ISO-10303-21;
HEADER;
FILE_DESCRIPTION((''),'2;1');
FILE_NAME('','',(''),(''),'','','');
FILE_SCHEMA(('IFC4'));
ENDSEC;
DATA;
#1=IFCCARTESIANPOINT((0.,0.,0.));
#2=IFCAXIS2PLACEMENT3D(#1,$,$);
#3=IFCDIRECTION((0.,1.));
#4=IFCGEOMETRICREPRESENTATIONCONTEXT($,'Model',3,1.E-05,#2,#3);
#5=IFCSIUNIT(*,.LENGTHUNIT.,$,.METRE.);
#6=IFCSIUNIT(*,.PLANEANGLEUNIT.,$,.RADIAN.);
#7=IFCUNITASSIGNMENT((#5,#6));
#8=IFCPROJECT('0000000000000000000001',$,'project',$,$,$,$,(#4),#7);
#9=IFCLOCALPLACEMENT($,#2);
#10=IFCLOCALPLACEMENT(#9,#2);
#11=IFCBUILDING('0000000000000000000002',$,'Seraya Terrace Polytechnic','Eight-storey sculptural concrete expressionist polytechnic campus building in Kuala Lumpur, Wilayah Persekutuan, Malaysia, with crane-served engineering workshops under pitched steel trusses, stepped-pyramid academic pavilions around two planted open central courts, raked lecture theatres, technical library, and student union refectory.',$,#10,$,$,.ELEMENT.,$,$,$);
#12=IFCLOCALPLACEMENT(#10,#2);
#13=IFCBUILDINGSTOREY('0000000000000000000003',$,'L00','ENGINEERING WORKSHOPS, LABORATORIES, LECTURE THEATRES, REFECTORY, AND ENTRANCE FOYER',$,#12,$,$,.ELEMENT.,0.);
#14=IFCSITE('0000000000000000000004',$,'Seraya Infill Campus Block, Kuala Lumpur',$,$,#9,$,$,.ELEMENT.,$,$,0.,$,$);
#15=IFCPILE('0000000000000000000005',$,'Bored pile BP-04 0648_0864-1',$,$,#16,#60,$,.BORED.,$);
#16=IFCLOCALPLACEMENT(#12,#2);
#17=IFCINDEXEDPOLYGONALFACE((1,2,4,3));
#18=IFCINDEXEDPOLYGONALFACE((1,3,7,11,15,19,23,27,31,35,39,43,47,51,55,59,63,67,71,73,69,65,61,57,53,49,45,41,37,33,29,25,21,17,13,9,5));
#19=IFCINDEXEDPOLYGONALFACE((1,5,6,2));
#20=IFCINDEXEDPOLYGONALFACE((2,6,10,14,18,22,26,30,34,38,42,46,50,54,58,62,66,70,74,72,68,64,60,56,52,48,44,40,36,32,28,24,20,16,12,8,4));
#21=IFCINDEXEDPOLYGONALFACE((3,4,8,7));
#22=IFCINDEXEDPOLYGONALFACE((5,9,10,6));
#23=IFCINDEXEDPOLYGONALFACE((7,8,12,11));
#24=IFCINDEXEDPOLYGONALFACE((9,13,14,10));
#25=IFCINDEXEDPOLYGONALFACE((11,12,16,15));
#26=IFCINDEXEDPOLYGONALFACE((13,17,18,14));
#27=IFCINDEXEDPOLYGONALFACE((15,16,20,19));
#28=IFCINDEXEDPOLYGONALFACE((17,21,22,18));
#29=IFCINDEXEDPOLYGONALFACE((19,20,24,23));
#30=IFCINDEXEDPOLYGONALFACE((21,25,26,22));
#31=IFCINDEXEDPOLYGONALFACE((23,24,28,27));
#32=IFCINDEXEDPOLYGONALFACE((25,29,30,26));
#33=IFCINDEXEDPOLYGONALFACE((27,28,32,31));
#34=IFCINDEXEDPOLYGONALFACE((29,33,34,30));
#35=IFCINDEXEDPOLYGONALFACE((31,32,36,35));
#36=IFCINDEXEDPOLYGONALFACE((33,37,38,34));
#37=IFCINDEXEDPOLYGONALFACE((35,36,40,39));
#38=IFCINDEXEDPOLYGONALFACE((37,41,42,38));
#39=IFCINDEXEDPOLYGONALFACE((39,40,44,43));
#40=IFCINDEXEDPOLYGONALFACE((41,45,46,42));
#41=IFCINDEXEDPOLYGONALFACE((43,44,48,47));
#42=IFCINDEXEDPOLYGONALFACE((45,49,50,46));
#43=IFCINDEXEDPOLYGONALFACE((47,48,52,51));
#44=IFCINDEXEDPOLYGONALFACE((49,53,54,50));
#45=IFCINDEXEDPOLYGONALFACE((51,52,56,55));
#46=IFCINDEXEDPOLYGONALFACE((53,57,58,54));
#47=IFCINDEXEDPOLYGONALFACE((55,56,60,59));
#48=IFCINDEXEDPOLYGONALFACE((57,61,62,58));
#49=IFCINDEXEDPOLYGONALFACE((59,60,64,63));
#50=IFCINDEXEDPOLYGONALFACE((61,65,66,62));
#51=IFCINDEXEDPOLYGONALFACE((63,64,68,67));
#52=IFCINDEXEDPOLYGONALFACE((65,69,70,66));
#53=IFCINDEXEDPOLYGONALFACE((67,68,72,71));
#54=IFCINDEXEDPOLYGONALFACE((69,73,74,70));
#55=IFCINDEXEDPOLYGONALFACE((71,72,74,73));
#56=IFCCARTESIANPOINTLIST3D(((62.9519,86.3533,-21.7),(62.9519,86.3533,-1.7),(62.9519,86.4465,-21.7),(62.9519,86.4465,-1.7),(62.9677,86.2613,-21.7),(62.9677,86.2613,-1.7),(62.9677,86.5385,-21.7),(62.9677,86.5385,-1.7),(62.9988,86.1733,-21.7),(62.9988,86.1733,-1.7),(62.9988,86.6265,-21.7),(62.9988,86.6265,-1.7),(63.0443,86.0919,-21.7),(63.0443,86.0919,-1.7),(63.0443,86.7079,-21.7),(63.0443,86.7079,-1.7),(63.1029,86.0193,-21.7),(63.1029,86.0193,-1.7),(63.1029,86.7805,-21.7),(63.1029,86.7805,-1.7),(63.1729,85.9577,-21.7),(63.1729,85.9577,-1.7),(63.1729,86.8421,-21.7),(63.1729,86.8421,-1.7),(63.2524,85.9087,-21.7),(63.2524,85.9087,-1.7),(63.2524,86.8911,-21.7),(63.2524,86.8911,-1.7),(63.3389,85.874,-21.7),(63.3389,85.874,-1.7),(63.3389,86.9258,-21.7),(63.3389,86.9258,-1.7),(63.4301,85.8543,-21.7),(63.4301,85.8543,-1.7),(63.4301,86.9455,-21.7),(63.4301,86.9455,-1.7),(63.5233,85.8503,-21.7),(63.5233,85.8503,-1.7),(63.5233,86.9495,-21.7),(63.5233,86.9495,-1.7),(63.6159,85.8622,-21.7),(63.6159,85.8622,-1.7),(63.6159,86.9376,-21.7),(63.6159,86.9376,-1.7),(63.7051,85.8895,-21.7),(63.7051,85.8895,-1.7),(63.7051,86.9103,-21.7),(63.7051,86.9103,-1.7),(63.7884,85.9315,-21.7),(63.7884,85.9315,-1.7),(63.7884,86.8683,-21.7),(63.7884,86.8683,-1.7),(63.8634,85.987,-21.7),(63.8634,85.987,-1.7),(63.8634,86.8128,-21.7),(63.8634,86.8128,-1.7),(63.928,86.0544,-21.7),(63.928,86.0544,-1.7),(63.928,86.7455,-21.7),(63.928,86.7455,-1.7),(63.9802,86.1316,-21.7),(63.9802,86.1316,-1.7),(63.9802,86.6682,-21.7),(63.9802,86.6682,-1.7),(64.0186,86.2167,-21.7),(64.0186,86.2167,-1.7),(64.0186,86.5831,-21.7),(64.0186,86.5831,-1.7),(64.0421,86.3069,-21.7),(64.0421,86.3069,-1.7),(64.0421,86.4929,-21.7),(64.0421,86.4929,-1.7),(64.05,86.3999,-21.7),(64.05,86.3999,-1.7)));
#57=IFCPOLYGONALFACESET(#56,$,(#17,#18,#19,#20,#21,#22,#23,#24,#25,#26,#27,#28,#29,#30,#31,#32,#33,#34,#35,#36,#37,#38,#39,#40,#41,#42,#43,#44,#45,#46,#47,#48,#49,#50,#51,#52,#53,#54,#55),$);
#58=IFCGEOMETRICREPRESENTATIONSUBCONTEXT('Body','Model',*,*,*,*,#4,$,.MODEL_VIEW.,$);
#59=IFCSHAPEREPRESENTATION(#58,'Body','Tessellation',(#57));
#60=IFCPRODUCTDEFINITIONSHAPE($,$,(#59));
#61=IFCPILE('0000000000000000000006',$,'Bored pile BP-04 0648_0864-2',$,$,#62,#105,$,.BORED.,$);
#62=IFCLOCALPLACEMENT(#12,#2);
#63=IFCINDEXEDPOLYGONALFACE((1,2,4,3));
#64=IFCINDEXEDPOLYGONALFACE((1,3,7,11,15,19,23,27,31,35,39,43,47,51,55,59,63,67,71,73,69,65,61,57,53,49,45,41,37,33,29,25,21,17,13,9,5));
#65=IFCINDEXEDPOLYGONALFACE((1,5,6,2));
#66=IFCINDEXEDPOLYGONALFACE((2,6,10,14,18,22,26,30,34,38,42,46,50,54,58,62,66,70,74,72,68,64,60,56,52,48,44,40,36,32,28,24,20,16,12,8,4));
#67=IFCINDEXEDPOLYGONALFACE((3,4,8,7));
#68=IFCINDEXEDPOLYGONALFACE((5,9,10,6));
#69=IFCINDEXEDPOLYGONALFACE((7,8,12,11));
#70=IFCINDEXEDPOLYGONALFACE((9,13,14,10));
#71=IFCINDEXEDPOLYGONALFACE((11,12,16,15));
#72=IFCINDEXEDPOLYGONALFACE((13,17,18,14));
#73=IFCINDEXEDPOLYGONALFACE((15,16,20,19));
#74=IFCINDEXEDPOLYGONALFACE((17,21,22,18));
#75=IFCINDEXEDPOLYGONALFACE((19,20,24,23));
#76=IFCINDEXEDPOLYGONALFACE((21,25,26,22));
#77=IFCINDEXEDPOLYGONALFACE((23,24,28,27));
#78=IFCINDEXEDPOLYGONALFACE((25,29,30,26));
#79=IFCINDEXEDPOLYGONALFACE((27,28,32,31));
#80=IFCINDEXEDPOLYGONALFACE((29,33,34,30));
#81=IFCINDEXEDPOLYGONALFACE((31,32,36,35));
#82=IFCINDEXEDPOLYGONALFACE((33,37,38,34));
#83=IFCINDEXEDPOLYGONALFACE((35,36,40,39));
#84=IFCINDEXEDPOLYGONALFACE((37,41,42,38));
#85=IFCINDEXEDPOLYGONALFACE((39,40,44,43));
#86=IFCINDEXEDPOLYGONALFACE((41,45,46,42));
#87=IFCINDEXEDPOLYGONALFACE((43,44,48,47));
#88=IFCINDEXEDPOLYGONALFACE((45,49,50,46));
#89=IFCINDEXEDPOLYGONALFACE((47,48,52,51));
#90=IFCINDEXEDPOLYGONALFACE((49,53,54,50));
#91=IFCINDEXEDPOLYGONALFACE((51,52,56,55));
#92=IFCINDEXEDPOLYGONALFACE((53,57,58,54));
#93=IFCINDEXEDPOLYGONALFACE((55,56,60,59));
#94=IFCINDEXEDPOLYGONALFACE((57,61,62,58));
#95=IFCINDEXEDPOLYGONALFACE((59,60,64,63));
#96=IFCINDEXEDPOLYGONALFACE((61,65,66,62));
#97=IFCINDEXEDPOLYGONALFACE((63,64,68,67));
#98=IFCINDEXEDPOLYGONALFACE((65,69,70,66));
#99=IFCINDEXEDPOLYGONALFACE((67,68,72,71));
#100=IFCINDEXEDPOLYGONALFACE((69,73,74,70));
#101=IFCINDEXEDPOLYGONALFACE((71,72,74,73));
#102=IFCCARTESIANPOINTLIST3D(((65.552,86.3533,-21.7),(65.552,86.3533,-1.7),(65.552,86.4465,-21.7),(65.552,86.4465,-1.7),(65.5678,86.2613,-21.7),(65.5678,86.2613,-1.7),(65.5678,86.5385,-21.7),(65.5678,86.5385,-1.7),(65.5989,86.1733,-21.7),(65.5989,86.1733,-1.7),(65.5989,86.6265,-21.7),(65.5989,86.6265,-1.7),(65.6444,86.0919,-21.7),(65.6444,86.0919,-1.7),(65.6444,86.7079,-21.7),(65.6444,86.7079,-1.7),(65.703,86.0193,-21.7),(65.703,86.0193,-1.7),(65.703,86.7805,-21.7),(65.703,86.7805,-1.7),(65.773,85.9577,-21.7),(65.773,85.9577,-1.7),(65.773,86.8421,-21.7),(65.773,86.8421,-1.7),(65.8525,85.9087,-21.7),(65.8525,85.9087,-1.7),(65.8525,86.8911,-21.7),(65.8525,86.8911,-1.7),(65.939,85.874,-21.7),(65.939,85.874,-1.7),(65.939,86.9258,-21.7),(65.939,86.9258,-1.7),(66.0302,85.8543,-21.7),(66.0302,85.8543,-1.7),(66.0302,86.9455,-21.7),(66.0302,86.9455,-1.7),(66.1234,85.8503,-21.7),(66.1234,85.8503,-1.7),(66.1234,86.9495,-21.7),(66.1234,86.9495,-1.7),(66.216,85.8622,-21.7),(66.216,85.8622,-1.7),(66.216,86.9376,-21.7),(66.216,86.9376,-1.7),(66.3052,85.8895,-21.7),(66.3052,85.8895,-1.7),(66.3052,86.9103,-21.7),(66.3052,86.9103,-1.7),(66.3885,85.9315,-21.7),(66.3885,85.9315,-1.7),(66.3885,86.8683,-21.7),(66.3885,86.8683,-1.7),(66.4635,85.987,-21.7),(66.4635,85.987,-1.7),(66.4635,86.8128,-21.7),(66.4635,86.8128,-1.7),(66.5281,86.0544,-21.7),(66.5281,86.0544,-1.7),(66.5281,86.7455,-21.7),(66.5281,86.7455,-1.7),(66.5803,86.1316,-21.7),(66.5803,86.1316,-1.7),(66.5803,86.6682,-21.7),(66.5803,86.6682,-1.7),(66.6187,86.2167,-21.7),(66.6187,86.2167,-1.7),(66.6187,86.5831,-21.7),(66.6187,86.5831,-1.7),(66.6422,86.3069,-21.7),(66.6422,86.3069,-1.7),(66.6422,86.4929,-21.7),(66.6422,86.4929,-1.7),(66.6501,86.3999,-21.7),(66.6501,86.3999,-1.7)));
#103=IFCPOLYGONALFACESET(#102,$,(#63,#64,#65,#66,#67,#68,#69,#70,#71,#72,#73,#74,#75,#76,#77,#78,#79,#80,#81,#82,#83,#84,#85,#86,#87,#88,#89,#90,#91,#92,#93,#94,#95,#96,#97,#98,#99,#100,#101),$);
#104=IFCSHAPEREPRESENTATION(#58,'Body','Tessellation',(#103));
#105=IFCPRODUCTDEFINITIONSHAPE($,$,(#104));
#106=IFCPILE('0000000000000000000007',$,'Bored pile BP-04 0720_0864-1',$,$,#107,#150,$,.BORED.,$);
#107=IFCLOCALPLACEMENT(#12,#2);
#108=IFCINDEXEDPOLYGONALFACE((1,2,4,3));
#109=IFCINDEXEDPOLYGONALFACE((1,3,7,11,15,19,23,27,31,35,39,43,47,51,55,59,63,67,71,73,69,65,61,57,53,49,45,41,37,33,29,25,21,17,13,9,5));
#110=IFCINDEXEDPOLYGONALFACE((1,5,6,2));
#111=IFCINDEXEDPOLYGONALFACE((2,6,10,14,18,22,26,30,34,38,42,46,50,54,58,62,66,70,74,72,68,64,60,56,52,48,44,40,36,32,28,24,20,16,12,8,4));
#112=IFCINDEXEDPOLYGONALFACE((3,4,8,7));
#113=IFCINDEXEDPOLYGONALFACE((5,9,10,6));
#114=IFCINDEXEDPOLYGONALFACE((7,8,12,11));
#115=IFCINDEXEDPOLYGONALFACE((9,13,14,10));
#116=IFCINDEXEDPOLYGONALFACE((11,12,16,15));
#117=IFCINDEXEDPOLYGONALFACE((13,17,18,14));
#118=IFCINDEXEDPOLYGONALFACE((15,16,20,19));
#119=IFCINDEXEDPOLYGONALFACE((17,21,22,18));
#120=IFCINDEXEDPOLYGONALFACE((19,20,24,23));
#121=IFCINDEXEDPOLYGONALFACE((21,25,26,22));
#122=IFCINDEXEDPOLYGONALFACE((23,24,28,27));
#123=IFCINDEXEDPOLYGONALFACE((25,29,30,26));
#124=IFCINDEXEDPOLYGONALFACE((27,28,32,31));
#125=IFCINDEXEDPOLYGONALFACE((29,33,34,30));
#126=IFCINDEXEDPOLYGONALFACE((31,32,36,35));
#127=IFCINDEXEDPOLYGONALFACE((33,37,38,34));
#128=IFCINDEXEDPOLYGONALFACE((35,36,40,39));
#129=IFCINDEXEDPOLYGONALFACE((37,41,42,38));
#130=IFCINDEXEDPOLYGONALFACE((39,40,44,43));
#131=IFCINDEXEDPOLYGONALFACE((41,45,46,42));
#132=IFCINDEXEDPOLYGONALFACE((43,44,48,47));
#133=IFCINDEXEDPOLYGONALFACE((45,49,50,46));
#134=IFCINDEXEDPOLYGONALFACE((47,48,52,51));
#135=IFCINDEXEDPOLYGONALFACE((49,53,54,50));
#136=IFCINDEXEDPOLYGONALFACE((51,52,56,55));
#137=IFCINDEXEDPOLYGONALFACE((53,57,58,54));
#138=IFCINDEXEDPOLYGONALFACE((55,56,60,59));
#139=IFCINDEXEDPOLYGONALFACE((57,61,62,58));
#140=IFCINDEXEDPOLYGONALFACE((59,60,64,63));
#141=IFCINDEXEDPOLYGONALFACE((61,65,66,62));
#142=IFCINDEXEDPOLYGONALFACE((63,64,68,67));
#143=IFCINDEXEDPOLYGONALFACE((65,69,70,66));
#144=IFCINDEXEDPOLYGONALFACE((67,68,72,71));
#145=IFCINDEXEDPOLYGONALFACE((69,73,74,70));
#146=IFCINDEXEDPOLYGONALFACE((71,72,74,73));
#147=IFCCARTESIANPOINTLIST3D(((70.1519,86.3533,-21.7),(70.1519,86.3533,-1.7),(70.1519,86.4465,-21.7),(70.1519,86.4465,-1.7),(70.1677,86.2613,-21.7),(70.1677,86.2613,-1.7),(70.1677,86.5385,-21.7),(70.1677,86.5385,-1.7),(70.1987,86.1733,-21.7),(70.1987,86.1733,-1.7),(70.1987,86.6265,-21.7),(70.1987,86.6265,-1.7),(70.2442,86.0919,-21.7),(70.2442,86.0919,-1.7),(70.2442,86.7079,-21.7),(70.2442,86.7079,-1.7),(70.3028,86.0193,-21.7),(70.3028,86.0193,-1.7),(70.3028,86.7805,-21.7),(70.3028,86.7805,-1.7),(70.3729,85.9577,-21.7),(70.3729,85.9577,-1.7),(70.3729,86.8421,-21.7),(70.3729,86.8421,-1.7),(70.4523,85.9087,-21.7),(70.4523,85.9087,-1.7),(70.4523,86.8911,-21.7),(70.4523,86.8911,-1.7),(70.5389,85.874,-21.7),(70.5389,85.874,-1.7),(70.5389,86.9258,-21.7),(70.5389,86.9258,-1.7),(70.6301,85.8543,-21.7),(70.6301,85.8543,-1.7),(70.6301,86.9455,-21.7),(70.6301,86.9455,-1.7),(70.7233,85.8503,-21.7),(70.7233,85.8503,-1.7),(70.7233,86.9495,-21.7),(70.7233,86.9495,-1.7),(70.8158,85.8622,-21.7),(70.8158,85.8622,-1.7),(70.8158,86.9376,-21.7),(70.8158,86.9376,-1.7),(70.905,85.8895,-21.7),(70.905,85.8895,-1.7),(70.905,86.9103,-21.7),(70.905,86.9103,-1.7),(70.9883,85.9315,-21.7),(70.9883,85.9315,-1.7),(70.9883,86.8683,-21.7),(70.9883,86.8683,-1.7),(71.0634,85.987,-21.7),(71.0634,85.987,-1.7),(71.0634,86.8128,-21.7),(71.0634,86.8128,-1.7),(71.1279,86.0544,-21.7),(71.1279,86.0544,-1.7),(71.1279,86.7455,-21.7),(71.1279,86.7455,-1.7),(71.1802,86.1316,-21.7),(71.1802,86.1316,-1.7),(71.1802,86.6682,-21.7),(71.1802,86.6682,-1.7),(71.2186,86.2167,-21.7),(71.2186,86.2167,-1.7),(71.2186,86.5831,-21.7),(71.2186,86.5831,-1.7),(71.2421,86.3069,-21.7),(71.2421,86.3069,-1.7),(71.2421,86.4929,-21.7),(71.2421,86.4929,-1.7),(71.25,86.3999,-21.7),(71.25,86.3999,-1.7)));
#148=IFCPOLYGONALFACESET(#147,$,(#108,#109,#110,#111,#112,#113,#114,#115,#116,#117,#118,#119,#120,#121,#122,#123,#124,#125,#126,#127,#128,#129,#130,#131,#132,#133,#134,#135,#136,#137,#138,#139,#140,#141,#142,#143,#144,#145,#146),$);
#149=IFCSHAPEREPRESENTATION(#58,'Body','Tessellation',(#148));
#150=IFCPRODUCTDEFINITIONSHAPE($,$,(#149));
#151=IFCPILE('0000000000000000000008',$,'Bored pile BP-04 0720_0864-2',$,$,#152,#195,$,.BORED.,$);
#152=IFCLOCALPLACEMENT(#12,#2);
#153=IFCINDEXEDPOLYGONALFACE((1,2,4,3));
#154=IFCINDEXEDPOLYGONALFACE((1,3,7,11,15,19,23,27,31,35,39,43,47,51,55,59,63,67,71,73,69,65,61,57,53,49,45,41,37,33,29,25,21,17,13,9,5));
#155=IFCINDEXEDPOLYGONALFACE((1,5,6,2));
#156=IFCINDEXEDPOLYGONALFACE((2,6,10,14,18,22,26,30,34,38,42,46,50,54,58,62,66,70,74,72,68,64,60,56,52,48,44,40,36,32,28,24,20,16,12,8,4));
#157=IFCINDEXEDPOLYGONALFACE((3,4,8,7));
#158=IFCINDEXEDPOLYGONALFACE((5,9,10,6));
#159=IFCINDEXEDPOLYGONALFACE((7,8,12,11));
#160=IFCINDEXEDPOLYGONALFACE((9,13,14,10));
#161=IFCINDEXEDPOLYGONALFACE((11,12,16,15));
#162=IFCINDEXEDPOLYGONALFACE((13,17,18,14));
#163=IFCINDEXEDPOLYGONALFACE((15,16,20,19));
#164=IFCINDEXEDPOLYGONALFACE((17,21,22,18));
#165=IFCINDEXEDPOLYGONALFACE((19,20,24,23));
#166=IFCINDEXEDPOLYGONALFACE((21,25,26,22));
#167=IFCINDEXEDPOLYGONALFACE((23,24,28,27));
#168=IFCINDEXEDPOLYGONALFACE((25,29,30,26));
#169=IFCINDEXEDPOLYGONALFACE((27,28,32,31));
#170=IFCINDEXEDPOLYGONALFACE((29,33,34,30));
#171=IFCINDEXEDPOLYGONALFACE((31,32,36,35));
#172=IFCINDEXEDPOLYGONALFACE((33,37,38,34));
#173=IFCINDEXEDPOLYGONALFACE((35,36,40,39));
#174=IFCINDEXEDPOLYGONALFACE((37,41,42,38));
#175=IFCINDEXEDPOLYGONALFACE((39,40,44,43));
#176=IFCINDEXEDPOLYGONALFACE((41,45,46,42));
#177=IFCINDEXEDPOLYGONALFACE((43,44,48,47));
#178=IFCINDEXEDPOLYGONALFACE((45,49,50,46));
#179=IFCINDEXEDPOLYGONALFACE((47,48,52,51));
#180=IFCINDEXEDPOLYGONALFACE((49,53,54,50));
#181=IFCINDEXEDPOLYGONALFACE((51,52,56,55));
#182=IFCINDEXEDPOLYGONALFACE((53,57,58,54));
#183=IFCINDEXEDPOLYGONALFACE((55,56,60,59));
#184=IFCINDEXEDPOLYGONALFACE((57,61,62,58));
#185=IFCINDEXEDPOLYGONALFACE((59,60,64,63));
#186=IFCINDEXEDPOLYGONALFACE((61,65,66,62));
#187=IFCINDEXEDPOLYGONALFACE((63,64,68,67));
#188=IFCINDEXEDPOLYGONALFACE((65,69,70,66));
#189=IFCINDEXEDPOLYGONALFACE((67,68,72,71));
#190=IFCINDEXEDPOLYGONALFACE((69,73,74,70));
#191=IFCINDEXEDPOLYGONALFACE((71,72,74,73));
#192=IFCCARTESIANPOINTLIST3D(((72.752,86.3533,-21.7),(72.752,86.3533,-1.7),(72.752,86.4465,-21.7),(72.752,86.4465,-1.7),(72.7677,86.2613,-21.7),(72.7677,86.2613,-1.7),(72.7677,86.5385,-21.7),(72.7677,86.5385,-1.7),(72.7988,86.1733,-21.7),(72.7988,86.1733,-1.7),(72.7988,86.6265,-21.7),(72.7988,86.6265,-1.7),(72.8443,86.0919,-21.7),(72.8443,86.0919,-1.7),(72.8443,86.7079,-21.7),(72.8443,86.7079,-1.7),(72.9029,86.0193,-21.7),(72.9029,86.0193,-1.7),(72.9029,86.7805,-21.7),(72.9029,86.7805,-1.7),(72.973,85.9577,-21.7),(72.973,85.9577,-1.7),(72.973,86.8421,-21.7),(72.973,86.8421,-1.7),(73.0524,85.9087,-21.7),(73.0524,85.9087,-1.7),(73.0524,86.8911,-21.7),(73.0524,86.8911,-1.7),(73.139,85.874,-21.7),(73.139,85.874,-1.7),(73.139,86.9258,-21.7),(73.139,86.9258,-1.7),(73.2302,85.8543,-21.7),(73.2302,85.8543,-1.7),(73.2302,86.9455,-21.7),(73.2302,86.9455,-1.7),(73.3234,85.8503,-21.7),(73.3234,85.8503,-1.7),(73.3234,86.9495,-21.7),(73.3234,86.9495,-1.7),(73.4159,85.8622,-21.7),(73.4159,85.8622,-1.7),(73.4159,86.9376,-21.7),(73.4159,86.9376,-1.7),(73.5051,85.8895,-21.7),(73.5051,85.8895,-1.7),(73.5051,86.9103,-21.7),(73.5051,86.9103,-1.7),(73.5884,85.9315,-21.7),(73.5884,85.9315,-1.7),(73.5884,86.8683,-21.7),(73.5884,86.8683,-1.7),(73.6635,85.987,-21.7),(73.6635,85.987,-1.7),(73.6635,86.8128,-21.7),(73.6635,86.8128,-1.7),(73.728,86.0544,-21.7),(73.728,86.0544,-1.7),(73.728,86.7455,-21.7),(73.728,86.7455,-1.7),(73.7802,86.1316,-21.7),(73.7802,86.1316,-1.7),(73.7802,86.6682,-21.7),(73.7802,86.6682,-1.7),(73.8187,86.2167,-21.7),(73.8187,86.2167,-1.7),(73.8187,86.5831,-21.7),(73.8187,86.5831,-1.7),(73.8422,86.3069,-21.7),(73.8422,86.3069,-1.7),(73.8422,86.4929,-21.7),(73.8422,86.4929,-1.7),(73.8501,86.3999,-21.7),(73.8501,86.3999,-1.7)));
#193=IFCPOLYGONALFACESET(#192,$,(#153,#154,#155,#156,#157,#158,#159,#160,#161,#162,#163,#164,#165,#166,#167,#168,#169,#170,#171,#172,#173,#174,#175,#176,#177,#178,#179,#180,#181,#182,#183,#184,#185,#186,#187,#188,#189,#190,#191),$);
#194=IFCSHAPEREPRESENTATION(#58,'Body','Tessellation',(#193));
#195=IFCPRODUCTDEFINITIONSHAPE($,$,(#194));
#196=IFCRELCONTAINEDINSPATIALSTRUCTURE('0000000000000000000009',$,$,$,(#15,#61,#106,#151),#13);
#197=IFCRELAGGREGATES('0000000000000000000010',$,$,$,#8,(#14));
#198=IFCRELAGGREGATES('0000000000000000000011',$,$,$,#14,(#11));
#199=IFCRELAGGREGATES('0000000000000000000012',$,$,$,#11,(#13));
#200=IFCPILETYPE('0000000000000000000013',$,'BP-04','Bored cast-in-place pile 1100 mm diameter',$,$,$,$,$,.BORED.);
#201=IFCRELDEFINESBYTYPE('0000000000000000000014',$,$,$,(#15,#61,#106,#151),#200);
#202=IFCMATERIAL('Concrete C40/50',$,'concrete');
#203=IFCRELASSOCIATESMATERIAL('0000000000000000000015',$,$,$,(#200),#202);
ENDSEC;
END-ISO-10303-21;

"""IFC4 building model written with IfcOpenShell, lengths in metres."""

from ifc_helpers import new_model, si_unit, direction, frame, origin, origin_2d, place, context, subcontext, project, spatial, circle, extrude, material, material_profile, profile_set, type_object, element, save


model = new_model("IFC4")

# Units and contexts
model_context = context("Model", 3, precision=1e-05, world=origin(), true_north=direction((0.0, 1.0)))
body_context = subcontext(model_context, "Body", "Model", "MODEL_VIEW")
ifc_project = project(units=[si_unit("LENGTHUNIT", "METRE"), si_unit("PLANEANGLEUNIT", "RADIAN")], contexts=[model_context])

# Site, building, storey
site_placement = place(None, origin())
site = spatial("IfcSite", under=ifc_project, at=site_placement, Name="Seraya Infill Campus Block, Kuala Lumpur", CompositionType="ELEMENT", RefElevation=0.0)
building_placement = place(site_placement, origin())
building = spatial("IfcBuilding", under=site, at=building_placement, Name="Seraya Terrace Polytechnic", Description="Eight-storey sculptural concrete expressionist polytechnic campus building in Kuala Lumpur, Wilayah Persekutuan, Malaysia, with crane-served engineering workshops under pitched steel trusses, stepped-pyramid academic pavilions around two planted open central courts, raked lecture theatres, technical library, and student union refectory.", CompositionType="ELEMENT")
storey_placement = place(building_placement, origin())
storey = spatial("IfcBuildingStorey", under=building, at=storey_placement, Name="L00", Description="ENGINEERING WORKSHOPS, LABORATORIES, LECTURE THEATRES, REFECTORY, AND ENTRANCE FOYER", CompositionType="ELEMENT", Elevation=0.0)

# Piles
ifc_material = material(Name="Concrete C40/50", Category="concrete")
ifc_material_profile_1 = material_profile(ifc_material, circle(Radius=0.55, at=origin_2d()), Name="DIA 1100")
ifc_profile_set_1 = profile_set([ifc_material_profile_1], Name="Concrete C40/50")
pile_type_1 = type_object("IfcPileType", Name="BP-04", Description="Bored cast-in-place pile 1100 mm diameter", PredefinedType="BORED", material=ifc_profile_set_1)
for number, where, z_axis, x_axis, name in (
    (1, (63.5, 86.3999, -1.7), (0.0, 0.0, -1.0), (1.0, 0.0, 0.0), "Bored pile BP-04 0648_0864-1"),
    (2, (66.1001, 86.3999, -1.7), (0.0, 0.0, -1.0), (1.0, 0.0, 0.0), "Bored pile BP-04 0648_0864-2"),
    (3, (70.7, 86.3999, -1.7), (0.0, 0.0, -1.0), (1.0, 0.0, 0.0), "Bored pile BP-04 0720_0864-1"),
    (4, (73.3, 86.3999, -1.7), (0.0, 0.0, -1.0), (1.0, 0.0, 0.0), "Bored pile BP-04 0720_0864-2"),
):
    element("IfcPile", number, at=place(storey_placement, frame(where, z_axis=z_axis, x_axis=x_axis)), inside=storey, type_object=pile_type_1, Name=name, PredefinedType="BORED", context=body_context, shape_type="SweptSolid", body=[
        extrude(circle(Radius=0.55, at=origin_2d()), origin(), (0.0, 0.0, 1.0), 20.0),
    ])

save(model, "model.ifc")
